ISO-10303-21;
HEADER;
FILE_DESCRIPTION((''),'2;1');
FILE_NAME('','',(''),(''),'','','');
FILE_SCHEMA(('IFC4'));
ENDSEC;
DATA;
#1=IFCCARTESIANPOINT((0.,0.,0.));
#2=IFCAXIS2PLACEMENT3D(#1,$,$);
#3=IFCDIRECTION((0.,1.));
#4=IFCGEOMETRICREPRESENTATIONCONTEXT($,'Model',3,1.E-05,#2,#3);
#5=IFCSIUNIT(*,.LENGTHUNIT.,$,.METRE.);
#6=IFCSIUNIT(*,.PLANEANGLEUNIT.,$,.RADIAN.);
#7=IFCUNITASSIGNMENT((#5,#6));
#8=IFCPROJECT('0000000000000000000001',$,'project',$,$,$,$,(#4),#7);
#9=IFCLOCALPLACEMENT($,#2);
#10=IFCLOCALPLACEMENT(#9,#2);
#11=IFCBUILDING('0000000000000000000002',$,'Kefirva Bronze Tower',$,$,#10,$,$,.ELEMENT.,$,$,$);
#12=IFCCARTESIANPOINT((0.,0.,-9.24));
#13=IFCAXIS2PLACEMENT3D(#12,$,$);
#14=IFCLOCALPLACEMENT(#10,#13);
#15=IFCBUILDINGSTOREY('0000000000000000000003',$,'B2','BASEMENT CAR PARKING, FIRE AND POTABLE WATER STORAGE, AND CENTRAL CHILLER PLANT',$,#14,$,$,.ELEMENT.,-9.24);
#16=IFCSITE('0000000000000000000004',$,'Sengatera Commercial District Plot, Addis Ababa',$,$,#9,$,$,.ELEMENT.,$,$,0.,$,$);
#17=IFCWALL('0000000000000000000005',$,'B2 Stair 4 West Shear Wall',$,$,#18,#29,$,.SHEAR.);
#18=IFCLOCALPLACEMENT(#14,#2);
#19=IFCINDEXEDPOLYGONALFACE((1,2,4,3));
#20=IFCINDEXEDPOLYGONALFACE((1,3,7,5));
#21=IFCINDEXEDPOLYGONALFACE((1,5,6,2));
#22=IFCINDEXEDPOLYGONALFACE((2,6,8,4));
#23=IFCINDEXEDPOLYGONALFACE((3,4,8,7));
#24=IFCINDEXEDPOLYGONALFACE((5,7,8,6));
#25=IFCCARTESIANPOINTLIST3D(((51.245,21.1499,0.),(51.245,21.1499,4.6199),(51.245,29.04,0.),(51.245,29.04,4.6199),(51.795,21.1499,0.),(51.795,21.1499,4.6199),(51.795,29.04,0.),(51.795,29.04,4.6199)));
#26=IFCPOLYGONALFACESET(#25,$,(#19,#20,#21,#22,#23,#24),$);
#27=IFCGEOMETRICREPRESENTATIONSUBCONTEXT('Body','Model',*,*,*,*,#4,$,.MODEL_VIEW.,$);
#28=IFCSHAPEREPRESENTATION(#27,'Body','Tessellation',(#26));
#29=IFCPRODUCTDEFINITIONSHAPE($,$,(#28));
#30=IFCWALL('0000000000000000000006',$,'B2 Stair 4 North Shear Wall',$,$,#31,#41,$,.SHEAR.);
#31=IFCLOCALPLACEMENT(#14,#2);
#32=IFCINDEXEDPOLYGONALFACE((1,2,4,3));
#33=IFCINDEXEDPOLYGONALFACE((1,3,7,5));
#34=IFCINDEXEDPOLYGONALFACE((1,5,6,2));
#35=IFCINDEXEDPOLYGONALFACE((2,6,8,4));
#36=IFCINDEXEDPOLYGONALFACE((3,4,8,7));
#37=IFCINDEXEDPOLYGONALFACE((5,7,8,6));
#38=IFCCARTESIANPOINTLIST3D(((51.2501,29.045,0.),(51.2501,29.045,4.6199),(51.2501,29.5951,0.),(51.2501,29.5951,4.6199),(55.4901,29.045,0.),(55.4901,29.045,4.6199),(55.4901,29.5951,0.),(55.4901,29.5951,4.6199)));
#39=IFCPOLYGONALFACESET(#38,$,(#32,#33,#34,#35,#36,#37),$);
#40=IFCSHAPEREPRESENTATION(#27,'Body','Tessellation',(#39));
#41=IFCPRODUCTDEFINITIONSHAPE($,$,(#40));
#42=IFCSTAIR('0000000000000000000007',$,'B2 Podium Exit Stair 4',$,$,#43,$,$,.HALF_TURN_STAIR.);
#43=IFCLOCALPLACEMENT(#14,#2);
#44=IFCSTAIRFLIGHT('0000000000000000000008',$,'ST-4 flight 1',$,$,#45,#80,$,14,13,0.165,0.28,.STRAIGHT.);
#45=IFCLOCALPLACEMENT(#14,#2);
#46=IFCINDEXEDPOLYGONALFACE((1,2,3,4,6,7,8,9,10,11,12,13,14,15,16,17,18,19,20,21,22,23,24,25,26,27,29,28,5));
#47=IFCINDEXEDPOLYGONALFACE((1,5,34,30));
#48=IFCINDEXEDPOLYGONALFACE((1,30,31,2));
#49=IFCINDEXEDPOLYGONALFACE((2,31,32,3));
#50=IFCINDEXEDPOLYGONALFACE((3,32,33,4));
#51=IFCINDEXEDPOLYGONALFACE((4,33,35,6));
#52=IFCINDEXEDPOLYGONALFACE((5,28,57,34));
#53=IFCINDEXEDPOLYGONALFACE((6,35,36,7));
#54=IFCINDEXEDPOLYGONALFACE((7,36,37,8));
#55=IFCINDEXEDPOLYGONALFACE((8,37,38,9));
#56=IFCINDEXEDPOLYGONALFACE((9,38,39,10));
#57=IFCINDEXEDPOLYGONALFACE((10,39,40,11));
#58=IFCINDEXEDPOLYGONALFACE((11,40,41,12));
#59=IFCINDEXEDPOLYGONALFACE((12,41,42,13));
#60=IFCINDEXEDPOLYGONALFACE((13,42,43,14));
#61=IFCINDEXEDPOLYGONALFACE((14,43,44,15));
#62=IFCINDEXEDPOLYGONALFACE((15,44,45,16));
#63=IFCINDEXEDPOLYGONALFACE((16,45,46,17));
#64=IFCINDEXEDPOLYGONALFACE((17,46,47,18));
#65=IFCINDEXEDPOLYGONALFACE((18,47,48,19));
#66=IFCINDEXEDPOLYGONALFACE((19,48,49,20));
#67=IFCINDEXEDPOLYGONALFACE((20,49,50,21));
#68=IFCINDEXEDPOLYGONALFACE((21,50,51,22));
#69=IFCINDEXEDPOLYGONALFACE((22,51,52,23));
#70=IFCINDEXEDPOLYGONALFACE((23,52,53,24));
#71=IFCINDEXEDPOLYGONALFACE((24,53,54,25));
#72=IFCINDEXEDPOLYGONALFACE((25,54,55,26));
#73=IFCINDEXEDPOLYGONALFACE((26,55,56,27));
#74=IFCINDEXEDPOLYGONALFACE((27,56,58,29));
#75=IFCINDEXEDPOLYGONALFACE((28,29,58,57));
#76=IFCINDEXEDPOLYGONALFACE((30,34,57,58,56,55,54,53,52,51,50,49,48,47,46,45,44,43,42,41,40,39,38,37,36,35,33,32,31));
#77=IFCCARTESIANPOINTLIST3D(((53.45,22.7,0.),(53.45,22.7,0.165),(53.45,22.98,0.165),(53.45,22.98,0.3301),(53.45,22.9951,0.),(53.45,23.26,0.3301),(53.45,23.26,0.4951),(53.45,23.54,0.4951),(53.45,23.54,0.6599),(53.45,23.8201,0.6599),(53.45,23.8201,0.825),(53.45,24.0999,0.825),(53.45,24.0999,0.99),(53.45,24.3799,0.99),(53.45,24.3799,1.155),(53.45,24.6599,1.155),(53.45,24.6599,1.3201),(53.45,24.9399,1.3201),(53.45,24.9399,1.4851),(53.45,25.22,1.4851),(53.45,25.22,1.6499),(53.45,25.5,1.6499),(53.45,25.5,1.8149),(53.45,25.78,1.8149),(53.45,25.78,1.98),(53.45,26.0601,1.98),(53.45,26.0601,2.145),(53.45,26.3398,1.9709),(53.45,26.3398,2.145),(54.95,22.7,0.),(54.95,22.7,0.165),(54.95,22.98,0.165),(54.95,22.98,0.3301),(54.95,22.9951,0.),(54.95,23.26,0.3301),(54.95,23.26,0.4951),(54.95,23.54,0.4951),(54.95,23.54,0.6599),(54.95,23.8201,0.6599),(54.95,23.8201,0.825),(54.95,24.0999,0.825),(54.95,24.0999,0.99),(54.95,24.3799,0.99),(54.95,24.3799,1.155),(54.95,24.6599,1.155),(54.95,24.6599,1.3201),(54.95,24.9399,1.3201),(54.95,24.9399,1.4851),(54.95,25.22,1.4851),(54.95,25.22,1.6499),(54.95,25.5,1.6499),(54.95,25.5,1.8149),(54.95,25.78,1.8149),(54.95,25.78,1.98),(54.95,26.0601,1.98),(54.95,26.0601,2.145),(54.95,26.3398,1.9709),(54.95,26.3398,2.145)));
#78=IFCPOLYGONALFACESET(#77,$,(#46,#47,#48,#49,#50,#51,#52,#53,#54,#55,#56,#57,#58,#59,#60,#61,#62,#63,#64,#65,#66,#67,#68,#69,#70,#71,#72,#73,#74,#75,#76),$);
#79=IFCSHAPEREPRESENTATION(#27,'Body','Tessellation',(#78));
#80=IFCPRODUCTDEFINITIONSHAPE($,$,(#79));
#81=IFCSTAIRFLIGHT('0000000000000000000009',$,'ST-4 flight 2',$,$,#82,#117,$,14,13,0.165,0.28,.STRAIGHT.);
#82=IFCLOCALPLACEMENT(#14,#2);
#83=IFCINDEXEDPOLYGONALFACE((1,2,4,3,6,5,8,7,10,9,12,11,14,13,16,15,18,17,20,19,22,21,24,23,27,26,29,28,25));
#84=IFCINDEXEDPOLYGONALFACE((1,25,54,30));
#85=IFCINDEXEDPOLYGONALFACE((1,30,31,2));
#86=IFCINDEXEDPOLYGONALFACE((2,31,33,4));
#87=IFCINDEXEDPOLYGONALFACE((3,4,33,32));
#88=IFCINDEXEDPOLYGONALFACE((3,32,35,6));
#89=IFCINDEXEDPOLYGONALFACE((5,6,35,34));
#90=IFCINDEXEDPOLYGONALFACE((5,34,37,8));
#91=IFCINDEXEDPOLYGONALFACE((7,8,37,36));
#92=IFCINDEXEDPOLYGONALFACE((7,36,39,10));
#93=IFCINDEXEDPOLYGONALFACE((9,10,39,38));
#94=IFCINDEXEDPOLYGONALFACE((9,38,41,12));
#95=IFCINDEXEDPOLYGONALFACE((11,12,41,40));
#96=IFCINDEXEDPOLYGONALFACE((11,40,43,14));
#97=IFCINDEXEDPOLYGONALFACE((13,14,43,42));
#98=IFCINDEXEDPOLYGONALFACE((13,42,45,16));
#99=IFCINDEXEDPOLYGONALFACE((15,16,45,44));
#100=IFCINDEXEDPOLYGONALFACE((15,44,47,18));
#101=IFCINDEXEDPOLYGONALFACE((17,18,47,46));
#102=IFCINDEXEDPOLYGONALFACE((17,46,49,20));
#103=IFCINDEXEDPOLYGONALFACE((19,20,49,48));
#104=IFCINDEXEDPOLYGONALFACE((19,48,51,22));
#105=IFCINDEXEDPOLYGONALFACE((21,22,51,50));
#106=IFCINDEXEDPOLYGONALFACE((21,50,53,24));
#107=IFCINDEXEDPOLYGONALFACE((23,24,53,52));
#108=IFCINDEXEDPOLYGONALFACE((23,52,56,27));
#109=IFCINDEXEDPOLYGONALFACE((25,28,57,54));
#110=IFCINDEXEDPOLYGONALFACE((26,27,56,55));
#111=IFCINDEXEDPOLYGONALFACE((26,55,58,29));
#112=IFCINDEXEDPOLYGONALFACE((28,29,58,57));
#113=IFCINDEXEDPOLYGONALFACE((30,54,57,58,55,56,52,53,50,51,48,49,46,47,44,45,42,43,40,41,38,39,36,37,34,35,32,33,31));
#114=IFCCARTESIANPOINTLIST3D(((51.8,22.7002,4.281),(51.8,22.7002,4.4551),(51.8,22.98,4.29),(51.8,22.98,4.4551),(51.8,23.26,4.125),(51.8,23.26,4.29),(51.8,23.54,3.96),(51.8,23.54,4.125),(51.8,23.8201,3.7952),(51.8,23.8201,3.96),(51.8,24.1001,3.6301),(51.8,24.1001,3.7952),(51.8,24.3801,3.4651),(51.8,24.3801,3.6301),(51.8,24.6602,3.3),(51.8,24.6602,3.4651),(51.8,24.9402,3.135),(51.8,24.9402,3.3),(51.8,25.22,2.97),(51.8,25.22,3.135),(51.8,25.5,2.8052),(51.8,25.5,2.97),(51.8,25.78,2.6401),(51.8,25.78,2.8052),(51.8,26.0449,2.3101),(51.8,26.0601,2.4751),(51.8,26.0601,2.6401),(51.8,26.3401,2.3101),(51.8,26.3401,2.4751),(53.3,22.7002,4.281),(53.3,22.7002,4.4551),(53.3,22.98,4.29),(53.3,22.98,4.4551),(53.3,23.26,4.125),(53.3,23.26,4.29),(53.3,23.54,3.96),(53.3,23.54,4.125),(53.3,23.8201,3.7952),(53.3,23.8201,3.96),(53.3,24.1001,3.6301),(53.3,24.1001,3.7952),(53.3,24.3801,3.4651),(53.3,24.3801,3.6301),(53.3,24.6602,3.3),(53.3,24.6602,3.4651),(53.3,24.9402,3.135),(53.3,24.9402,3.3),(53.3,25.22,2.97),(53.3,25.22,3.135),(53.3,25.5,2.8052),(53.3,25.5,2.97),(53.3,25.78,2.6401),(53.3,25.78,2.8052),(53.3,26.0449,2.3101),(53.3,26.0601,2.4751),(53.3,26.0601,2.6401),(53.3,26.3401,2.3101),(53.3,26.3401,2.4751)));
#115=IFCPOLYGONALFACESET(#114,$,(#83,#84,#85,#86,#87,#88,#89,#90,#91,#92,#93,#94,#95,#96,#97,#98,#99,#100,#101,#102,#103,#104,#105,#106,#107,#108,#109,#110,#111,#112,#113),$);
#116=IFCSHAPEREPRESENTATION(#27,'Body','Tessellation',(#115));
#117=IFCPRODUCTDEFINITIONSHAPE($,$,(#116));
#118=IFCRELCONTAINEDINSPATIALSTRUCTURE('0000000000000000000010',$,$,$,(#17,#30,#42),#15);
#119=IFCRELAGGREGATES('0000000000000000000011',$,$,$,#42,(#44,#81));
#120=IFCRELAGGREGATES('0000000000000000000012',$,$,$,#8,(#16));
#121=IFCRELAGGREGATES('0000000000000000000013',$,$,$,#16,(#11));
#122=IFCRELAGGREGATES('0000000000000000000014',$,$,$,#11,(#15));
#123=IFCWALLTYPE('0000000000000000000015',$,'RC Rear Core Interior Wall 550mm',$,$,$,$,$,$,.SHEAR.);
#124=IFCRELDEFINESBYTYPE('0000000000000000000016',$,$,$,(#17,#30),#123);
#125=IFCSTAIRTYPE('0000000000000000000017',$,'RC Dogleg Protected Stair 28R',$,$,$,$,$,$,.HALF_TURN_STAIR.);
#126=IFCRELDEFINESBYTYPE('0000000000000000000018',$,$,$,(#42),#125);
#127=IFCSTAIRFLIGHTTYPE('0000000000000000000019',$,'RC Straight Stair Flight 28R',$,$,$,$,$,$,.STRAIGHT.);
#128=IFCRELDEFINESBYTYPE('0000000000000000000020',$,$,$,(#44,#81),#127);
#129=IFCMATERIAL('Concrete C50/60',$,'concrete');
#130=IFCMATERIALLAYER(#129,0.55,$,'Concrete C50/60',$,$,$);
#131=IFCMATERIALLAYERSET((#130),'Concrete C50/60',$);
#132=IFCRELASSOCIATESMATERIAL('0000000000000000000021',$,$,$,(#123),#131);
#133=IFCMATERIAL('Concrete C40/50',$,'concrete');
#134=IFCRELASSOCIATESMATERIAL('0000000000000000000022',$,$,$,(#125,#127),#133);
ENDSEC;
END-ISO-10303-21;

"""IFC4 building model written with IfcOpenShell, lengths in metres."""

from ifc_helpers import new_model, si_unit, direction, frame, frame_2d, origin, place, context, subcontext, project, spatial, polyline, rectangle, outline, extrude, material, layer, layer_set, type_object, element, aggregate, save


model = new_model("IFC4")

# Units and contexts
model_context = context("Model", 3, precision=1e-05, world=origin(), true_north=direction((0.0, 1.0)))
body_context = subcontext(model_context, "Body", "Model", "MODEL_VIEW")
ifc_project = project(units=[si_unit("LENGTHUNIT", "METRE"), si_unit("PLANEANGLEUNIT", "RADIAN")], contexts=[model_context])

# Site, building, storey
site_placement = place(None, origin())
site = spatial("IfcSite", under=ifc_project, at=site_placement, Name="Sengatera Commercial District Plot, Addis Ababa", CompositionType="ELEMENT", RefElevation=0.0)
building_placement = place(site_placement, origin())
building = spatial("IfcBuilding", under=site, at=building_placement, Name="Kefirva Bronze Tower", CompositionType="ELEMENT")
storey_placement = place(building_placement, frame((0.0, 0.0, -9.24)))
storey = spatial("IfcBuildingStorey", under=building, at=storey_placement, Name="B2", Description="BASEMENT CAR PARKING, FIRE AND POTABLE WATER STORAGE, AND CENTRAL CHILLER PLANT", CompositionType="ELEMENT", Elevation=-9.24)

# Walls
ifc_material_1 = material(Name="Concrete C50/60", Category="concrete")
ifc_layer_1 = layer(ifc_material_1, 0.55, Name="Concrete C50/60")
ifc_layer_set_1 = layer_set([ifc_layer_1], Name="Concrete C50/60")
wall_type_1 = type_object("IfcWallType", Name="RC Rear Core Interior Wall 550mm", PredefinedType="SHEAR", material=ifc_layer_set_1)
wall_1_placement = place(storey_placement, frame((51.52, 21.1499, 0.0), z_axis=(0.0, 0.0, 1.0), x_axis=(0.0, 1.0, 0.0)))
element("IfcWall", 1, at=wall_1_placement, inside=storey, type_object=wall_type_1, Name="B2 Stair 4 West Shear Wall", PredefinedType="SHEAR", context=body_context, shape_type="SweptSolid", body=[
    extrude(rectangle(XDim=7.8901, YDim=0.55, at=frame_2d((3.9451, 0.0))), origin(), (0.0, 0.0, 1.0), 4.6199),
])
wall_2_placement = place(storey_placement, frame((51.25, 29.3201, 0.0), z_axis=(0.0, 0.0, 1.0), x_axis=(1.0, 0.0, 0.0)))
element("IfcWall", 2, at=wall_2_placement, inside=storey, type_object=wall_type_1, Name="B2 Stair 4 North Shear Wall", PredefinedType="SHEAR", context=body_context, shape_type="SweptSolid", body=[
    extrude(rectangle(XDim=4.24, YDim=0.55, at=frame_2d((2.1201, 0.0))), origin(), (0.0, 0.0, 1.0), 4.6199),
])

# Stair, stair flights
ifc_material_2 = material(Name="Concrete C40/50", Category="concrete")
stair_type = type_object("IfcStairType", Name="RC Dogleg Protected Stair 28R", PredefinedType="HALF_TURN_STAIR", material=ifc_material_2)
stair_placement = place(storey_placement, origin())
stair = element("IfcStair", 3, at=stair_placement, inside=storey, type_object=stair_type, Name="B2 Podium Exit Stair 4", PredefinedType="HALF_TURN_STAIR")
stair_flight_type = type_object("IfcStairFlightType", Name="RC Straight Stair Flight 28R", PredefinedType="STRAIGHT", material=ifc_material_2)
stair_flight_1_placement = place(storey_placement, frame((54.2, 22.7, 0.0), z_axis=(0.0, 0.0, 1.0), x_axis=(0.0, 1.0, 0.0)))
stair_flight_1 = element("IfcStairFlight", 4, at=stair_flight_1_placement, type_object=stair_flight_type, Name="ST-4 flight 1", NumberOfRisers=14, NumberOfTreads=13, PredefinedType="STRAIGHT", RiserHeight=0.165, TreadLength=0.28, context=body_context, shape_type="SweptSolid", body=[
    extrude(outline(polyline([(0.0, 0.0), (0.0, 0.165), (0.28, 0.165), (0.28, 0.3301), (0.5601, 0.3301), (0.5601, 0.4951), (0.8401, 0.4951), (0.8401, 0.6599), (1.1201, 0.6599), (1.1201, 0.825), (1.3999, 0.825), (1.3999, 0.99), (1.6799, 0.99), (1.6799, 1.155), (1.96, 1.155), (1.96, 1.3201), (2.24, 1.3201), (2.24, 1.4851), (2.52, 1.4851), (2.52, 1.6499), (2.8, 1.6499), (2.8, 1.8149), (3.0801, 1.8149), (3.0801, 1.98), (3.3601, 1.98), (3.3601, 2.145), (3.6399, 2.145), (3.6399, 2.3101), (3.6399, 1.9709), (0.2952, 0.0), (0.0, 0.0)])), frame((0.0, 0.75, 0.0), z_axis=(0.0, -1.0, 0.0), x_axis=(1.0, 0.0, 0.0)), (0.0, 0.0, 1.0), 1.5),
])
stair_flight_2_placement = place(storey_placement, frame((52.55, 26.3401, 2.3101), z_axis=(0.0, 0.0, 1.0), x_axis=(0.0, -1.0, 0.0)))
stair_flight_2 = element("IfcStairFlight", 5, at=stair_flight_2_placement, type_object=stair_flight_type, Name="ST-4 flight 2", NumberOfRisers=14, NumberOfTreads=13, PredefinedType="STRAIGHT", RiserHeight=0.165, TreadLength=0.28, context=body_context, shape_type="SweptSolid", body=[
    extrude(outline(polyline([(0.0, 0.0), (0.0, 0.165), (0.28, 0.165), (0.28, 0.3301), (0.5601, 0.3301), (0.5601, 0.4951), (0.8401, 0.4951), (0.8401, 0.6599), (1.1201, 0.6599), (1.1201, 0.825), (1.3999, 0.825), (1.3999, 0.99), (1.6799, 0.99), (1.6799, 1.155), (1.96, 1.155), (1.96, 1.3201), (2.24, 1.3201), (2.24, 1.4851), (2.52, 1.4851), (2.52, 1.6499), (2.8, 1.6499), (2.8, 1.8149), (3.0801, 1.8149), (3.0801, 1.98), (3.3601, 1.98), (3.3601, 2.145), (3.6399, 2.145), (3.6399, 2.3101), (3.6399, 1.9709), (0.2952, 0.0), (0.0, 0.0)])), frame((0.0, 0.75, 0.0), z_axis=(0.0, -1.0, 0.0), x_axis=(1.0, 0.0, 0.0)), (0.0, 0.0, 1.0), 1.5),
])
aggregate(stair, [stair_flight_1, stair_flight_2])

save(model, "model.ifc")
